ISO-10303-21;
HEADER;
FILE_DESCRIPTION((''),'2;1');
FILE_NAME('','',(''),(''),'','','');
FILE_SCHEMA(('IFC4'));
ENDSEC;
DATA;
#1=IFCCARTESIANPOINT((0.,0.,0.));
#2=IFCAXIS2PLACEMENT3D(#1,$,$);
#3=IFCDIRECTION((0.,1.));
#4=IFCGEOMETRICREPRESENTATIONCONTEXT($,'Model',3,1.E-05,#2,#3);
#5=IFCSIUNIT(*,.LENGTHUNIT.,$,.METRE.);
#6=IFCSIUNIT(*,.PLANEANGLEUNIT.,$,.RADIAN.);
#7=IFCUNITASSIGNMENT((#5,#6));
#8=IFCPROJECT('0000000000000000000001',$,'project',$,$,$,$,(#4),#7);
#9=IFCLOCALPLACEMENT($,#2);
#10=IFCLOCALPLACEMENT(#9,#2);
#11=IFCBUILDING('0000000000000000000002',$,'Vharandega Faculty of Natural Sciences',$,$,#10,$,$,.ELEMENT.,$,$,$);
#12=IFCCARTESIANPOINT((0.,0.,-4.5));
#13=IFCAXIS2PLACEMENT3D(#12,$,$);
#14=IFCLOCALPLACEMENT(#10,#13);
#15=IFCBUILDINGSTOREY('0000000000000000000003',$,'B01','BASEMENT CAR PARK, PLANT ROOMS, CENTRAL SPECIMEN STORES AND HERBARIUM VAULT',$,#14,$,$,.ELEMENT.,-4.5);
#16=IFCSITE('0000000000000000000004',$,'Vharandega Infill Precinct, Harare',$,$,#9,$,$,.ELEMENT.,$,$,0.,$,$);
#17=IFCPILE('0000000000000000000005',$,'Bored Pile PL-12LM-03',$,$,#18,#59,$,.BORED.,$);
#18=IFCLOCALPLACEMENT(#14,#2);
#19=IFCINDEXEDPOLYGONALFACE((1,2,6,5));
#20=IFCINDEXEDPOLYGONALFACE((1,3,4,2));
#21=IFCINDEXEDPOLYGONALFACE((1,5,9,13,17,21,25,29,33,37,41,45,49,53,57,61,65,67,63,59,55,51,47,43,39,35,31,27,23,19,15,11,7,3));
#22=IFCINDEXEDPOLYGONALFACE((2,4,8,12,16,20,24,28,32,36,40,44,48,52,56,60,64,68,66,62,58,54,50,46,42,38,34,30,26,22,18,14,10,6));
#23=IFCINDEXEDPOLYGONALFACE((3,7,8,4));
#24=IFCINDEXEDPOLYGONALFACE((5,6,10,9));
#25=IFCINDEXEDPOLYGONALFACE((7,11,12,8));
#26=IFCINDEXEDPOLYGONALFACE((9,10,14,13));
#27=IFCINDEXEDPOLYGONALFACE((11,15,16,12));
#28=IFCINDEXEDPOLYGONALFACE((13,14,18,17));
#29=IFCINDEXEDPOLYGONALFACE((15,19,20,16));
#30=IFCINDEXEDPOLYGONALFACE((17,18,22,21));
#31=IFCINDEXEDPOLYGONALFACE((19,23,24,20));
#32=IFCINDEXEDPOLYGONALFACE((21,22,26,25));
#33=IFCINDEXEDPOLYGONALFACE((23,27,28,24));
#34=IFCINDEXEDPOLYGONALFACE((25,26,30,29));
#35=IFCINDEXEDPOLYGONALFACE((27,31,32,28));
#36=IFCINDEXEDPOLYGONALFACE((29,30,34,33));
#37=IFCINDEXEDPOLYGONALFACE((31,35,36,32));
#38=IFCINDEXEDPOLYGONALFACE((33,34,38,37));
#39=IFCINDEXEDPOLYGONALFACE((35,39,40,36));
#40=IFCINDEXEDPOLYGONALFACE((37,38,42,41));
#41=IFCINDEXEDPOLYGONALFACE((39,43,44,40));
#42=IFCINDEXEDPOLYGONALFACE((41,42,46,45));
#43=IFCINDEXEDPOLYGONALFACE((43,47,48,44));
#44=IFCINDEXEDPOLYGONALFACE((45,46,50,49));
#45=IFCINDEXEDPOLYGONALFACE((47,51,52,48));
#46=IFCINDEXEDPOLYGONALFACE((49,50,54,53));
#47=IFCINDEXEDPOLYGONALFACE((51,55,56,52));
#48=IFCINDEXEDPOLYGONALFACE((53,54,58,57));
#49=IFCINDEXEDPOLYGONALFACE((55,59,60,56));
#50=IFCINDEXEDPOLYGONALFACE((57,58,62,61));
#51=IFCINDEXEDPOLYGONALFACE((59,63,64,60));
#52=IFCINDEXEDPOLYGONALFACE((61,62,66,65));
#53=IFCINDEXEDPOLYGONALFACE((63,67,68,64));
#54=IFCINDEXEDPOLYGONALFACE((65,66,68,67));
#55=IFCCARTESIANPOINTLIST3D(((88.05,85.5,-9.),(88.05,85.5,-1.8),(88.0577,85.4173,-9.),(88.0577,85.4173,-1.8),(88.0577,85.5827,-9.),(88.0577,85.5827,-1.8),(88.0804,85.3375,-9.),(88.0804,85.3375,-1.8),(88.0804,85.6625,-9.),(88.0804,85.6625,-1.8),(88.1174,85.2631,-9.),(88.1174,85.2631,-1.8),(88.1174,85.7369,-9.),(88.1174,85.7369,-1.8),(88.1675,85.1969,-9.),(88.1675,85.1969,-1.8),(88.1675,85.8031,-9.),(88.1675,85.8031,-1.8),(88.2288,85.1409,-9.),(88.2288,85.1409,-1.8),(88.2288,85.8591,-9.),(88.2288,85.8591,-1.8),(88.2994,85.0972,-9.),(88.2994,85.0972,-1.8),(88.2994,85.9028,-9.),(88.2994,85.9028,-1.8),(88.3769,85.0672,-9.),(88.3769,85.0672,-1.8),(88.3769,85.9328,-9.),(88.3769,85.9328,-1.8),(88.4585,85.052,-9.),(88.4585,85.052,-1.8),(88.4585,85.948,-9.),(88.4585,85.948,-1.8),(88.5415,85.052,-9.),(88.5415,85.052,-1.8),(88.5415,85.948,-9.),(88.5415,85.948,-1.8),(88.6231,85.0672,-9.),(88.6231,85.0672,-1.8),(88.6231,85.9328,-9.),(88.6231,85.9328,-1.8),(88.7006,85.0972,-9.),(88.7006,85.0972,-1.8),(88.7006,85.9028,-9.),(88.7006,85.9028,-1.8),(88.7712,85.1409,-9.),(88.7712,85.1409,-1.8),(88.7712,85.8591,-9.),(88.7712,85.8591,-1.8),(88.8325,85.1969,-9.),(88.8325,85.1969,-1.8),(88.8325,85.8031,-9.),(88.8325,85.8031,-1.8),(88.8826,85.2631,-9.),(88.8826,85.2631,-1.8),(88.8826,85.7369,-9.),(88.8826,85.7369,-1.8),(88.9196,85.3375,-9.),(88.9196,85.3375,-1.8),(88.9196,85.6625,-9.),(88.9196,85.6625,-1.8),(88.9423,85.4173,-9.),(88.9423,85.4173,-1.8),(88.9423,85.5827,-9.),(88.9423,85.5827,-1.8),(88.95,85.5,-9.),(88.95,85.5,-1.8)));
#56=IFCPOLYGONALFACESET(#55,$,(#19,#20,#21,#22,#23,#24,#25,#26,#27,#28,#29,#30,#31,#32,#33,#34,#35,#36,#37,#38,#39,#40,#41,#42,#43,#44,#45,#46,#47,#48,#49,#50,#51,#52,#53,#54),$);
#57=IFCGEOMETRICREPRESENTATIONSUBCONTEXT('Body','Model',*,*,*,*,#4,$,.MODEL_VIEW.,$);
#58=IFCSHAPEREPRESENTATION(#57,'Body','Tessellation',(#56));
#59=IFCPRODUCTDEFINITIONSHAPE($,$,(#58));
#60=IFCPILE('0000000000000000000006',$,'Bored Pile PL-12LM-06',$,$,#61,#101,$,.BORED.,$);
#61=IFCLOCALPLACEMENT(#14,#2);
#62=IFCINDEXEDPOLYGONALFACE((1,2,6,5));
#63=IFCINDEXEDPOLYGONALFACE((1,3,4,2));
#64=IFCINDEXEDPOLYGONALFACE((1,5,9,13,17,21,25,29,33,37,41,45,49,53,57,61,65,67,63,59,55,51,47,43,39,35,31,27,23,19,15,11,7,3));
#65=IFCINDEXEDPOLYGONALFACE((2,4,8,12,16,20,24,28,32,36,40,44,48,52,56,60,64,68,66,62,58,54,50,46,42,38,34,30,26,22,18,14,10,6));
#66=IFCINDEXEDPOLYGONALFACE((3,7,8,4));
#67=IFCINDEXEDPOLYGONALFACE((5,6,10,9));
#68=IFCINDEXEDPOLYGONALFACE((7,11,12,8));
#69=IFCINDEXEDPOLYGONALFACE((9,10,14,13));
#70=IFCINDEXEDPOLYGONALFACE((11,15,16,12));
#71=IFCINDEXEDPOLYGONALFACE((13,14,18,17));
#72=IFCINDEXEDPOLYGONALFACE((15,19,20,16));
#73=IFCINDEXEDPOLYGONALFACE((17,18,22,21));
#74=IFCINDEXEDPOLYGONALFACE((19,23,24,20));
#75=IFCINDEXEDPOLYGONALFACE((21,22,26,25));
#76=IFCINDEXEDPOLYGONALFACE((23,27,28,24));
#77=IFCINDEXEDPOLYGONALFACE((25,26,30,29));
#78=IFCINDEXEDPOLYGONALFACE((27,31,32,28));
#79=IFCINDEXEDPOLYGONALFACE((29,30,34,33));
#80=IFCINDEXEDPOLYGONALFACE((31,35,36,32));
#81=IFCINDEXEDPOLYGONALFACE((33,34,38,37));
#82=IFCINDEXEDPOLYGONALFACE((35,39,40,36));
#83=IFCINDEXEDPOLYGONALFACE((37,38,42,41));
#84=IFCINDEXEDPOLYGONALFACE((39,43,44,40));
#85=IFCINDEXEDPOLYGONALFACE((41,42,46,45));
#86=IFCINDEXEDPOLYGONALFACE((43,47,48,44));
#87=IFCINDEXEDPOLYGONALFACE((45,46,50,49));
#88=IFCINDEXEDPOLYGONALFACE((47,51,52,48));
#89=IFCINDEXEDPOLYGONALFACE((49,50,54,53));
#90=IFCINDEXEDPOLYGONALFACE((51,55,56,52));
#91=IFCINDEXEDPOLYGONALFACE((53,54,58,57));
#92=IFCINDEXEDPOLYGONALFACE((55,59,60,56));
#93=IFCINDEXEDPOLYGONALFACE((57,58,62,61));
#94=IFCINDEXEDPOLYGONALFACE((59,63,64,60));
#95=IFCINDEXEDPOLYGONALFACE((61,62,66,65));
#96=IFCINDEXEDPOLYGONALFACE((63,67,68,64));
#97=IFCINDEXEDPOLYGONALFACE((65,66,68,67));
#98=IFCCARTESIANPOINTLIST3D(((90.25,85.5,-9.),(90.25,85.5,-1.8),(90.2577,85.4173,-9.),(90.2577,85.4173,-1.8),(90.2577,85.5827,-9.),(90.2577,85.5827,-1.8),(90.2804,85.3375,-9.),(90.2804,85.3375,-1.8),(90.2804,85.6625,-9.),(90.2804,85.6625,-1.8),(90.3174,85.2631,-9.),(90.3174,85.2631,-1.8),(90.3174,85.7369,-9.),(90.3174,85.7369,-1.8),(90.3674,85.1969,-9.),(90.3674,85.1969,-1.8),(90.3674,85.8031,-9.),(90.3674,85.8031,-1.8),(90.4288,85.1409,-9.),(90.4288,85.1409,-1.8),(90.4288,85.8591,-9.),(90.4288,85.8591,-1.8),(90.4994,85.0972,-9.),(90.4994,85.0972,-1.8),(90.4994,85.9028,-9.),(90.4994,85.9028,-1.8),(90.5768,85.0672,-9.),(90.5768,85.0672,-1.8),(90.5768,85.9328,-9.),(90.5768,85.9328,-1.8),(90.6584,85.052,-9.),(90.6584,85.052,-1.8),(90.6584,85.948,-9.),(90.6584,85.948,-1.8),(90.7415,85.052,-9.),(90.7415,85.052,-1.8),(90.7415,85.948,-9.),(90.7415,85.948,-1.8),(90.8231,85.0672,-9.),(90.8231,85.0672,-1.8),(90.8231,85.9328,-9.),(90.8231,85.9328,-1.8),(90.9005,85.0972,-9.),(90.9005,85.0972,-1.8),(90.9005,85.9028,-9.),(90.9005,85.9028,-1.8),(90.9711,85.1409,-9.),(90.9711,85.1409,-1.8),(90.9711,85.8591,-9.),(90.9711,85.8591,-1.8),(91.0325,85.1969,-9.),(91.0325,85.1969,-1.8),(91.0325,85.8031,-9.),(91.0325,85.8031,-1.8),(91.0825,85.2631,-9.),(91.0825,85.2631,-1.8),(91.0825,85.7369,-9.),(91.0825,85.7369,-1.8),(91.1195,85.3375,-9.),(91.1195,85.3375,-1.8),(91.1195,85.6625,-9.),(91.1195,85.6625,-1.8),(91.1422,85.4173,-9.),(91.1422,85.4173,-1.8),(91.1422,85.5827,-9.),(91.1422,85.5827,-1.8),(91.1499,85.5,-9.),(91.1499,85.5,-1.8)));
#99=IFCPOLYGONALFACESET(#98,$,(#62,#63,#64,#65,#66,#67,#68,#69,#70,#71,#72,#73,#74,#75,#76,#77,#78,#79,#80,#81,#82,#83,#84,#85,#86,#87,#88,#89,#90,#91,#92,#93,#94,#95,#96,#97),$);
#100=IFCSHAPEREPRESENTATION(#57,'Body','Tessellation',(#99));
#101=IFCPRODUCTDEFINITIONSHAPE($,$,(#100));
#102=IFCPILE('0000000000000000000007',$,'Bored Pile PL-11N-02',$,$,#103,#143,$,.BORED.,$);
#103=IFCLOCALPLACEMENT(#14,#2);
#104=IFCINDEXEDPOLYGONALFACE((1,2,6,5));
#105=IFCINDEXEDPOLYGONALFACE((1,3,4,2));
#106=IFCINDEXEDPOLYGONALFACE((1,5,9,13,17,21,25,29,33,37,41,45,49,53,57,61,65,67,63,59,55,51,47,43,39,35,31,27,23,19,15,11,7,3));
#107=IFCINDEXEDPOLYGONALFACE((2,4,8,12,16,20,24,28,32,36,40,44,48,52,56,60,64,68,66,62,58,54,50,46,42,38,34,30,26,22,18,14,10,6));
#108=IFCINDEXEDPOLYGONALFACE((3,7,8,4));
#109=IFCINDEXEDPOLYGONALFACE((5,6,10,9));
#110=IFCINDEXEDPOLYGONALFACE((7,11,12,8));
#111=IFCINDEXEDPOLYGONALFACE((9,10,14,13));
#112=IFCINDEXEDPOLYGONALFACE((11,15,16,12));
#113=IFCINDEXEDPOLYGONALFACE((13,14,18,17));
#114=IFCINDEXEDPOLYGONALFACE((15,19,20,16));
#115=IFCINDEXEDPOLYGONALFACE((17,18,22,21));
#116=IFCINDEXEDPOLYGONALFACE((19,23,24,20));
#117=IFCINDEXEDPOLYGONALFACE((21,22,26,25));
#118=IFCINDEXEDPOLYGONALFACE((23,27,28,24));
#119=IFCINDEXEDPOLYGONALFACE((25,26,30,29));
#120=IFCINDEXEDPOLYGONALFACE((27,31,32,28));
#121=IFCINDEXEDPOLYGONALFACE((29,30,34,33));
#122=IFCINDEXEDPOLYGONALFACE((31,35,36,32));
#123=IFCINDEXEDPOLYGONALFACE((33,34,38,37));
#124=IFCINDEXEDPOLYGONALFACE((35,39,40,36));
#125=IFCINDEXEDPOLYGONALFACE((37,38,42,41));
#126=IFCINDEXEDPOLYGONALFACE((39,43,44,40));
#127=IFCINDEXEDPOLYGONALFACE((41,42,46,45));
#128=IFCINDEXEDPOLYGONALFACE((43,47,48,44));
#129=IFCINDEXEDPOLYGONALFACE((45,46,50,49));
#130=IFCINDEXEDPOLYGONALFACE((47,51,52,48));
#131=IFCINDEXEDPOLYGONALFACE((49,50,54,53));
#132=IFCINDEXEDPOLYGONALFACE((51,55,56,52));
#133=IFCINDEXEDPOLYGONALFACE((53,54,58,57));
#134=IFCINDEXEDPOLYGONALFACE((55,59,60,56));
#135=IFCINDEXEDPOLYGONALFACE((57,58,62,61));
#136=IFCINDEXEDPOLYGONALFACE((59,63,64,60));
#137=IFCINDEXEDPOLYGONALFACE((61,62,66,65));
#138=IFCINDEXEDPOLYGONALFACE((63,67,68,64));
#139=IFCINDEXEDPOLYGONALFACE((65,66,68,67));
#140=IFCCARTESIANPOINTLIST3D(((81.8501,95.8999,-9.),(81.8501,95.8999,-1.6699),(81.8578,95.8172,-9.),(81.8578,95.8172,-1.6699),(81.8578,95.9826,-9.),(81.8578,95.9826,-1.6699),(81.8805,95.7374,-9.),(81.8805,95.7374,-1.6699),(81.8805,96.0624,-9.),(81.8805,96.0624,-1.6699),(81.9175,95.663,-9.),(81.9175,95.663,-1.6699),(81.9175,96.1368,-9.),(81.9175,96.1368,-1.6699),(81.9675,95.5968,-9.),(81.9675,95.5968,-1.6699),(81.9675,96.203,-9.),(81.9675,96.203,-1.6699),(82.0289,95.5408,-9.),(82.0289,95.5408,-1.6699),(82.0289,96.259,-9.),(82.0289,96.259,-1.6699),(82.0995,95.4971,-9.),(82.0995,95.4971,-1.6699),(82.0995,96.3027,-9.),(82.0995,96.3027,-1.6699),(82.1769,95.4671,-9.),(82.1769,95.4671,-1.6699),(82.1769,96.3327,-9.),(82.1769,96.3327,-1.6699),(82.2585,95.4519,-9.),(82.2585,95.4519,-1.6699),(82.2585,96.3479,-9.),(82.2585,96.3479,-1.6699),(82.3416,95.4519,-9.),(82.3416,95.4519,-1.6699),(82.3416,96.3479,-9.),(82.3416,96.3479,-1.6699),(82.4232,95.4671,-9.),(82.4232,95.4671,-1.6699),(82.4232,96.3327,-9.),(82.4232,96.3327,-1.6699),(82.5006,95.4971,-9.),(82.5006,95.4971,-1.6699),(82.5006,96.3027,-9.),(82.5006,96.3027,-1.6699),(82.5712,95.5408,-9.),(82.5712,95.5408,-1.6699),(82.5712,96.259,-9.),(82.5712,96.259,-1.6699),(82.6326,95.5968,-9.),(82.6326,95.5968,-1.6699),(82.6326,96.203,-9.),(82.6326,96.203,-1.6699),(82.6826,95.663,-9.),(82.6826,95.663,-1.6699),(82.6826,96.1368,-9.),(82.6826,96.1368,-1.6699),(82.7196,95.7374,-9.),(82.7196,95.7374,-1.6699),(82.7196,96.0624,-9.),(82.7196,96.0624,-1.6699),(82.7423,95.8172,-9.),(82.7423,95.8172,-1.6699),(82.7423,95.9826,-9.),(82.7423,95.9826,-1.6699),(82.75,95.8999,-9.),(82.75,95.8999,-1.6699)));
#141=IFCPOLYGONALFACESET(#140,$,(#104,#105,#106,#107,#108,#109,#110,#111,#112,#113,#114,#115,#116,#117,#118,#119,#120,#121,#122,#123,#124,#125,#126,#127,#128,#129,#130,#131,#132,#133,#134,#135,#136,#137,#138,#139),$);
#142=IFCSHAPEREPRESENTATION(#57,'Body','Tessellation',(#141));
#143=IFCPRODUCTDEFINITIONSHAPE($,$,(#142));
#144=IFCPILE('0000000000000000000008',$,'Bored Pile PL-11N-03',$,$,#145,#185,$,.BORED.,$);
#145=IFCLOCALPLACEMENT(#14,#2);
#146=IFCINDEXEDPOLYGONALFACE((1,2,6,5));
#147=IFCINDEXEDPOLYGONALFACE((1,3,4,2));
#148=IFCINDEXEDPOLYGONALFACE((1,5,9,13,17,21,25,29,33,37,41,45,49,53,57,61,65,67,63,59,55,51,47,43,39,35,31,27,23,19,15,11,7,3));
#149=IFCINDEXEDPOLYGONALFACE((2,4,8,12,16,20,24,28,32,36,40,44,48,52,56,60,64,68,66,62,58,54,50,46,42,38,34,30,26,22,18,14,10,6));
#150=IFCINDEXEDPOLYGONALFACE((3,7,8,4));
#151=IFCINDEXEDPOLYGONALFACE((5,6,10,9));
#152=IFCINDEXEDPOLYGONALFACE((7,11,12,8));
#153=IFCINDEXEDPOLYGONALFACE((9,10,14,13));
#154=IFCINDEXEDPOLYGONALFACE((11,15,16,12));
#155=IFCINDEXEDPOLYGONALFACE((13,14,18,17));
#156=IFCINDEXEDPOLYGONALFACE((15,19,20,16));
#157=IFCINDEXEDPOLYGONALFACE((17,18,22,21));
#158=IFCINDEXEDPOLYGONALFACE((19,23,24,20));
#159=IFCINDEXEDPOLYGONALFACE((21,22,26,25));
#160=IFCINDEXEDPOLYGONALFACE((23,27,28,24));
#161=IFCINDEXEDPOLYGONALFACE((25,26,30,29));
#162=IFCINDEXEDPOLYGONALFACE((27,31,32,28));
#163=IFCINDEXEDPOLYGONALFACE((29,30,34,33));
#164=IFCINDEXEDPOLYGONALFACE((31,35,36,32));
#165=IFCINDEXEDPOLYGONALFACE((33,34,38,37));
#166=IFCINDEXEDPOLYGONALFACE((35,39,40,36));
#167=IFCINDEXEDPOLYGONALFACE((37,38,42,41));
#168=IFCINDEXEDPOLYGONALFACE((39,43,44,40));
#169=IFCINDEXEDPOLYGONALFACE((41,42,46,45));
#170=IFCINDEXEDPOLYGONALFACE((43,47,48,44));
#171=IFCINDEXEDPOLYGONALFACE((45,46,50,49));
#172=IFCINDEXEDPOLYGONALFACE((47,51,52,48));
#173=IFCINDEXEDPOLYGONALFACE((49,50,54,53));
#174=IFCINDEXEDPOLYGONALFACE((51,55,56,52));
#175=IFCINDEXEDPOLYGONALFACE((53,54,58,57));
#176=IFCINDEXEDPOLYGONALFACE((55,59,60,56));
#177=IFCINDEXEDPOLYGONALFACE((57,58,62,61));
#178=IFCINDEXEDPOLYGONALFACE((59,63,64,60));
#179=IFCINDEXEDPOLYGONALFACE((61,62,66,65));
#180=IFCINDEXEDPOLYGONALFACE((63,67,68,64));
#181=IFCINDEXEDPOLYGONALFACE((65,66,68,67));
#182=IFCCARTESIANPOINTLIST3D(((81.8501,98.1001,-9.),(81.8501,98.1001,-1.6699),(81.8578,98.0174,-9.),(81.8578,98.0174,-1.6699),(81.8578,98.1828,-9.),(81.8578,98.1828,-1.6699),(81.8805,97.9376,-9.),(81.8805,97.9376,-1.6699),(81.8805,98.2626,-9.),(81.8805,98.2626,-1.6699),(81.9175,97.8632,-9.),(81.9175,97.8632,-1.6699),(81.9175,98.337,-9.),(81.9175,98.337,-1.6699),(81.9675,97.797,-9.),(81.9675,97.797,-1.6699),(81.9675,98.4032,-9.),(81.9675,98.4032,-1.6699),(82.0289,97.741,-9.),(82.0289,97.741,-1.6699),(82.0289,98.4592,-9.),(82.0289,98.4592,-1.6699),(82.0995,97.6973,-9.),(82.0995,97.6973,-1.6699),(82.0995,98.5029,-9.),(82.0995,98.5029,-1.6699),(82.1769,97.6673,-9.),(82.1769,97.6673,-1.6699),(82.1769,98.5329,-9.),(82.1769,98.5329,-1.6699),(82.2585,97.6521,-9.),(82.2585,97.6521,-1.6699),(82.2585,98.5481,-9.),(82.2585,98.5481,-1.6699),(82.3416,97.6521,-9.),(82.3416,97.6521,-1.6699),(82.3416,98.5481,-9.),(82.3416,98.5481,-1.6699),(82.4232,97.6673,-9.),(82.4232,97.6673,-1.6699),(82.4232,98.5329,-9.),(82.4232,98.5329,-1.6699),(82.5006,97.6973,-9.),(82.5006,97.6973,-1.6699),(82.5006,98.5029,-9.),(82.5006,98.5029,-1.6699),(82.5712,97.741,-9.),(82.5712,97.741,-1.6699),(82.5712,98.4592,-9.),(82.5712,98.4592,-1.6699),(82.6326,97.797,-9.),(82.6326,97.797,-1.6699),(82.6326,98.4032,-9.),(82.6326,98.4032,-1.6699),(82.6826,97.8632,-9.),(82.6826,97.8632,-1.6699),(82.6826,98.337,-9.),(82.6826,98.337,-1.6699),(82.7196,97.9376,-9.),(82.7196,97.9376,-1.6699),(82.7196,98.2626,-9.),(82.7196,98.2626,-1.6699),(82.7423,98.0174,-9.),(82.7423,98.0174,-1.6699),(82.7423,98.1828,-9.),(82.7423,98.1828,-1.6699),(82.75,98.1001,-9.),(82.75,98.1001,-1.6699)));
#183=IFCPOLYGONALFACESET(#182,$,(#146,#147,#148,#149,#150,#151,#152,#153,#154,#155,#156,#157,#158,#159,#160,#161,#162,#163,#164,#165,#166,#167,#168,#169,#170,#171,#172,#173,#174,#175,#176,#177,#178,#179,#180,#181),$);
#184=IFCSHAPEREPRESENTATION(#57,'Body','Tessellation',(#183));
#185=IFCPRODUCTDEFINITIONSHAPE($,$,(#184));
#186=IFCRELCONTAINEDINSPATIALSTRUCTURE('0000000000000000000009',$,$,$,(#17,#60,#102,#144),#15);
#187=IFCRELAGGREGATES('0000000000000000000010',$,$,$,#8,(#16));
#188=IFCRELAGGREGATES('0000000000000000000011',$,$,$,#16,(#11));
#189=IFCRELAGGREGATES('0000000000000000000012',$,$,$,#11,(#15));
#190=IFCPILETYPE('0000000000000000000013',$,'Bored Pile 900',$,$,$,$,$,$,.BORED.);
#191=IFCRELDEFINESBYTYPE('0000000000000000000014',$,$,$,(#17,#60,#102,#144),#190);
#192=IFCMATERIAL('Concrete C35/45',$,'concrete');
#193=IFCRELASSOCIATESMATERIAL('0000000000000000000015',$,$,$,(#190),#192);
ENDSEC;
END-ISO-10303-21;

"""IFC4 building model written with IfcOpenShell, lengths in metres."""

from ifc_helpers import new_model, si_unit, direction, frame, origin, origin_2d, place, context, subcontext, project, spatial, circle, extrude, material, material_profile, profile_set, type_object, element, save


model = new_model("IFC4")

# Units and contexts
model_context = context("Model", 3, precision=1e-05, world=origin(), true_north=direction((0.0, 1.0)))
body_context = subcontext(model_context, "Body", "Model", "MODEL_VIEW")
ifc_project = project(units=[si_unit("LENGTHUNIT", "METRE"), si_unit("PLANEANGLEUNIT", "RADIAN")], contexts=[model_context])

# Site, building, storey
site_placement = place(None, origin())
site = spatial("IfcSite", under=ifc_project, at=site_placement, Name="Vharandega Infill Precinct, Harare", CompositionType="ELEMENT", RefElevation=0.0)
building_placement = place(site_placement, origin())
building = spatial("IfcBuilding", under=site, at=building_placement, Name="Vharandega Faculty of Natural Sciences", CompositionType="ELEMENT")
storey_placement = place(building_placement, frame((0.0, 0.0, -4.5)))
storey = spatial("IfcBuildingStorey", under=building, at=storey_placement, Name="B01", Description="BASEMENT CAR PARK, PLANT ROOMS, CENTRAL SPECIMEN STORES AND HERBARIUM VAULT", CompositionType="ELEMENT", Elevation=-4.5)

# Piles
ifc_material_1 = material(Name="Concrete C35/45", Category="concrete")
ifc_material_profile_1 = material_profile(ifc_material_1, circle(Radius=0.45, at=origin_2d()), Name="PILE 900")
ifc_profile_set_1 = profile_set([ifc_material_profile_1], Name="Concrete C35/45")
pile_type = type_object("IfcPileType", Name="Bored Pile 900", PredefinedType="BORED", material=ifc_profile_set_1)
for number, where, z_axis, x_axis, name in (
    (1, (88.5, 85.5, -1.8), (0.0, 0.0, -1.0), (1.0, 0.0, 0.0), "Bored Pile PL-12LM-03"),
    (2, (90.7, 85.5, -1.8), (0.0, 0.0, -1.0), (1.0, 0.0, 0.0), "Bored Pile PL-12LM-06"),
):
    element("IfcPile", number, at=place(storey_placement, frame(where, z_axis=z_axis, x_axis=x_axis)), inside=storey, type_object=pile_type, Name=name, PredefinedType="BORED", context=body_context, shape_type="SweptSolid", body=[
        extrude(circle(Radius=0.45, at=origin_2d()), origin(), (0.0, 0.0, 1.0), 7.2),
    ])
for number, where, z_axis, x_axis, name in (
    (3, (82.3, 95.8999, -1.6699), (0.0, 0.0, -1.0), (1.0, 0.0, 0.0), "Bored Pile PL-11N-02"),
    (4, (82.3, 98.1001, -1.6699), (0.0, 0.0, -1.0), (1.0, 0.0, 0.0), "Bored Pile PL-11N-03"),
):
    element("IfcPile", number, at=place(storey_placement, frame(where, z_axis=z_axis, x_axis=x_axis)), inside=storey, type_object=pile_type, Name=name, PredefinedType="BORED", context=body_context, shape_type="SweptSolid", body=[
        extrude(circle(Radius=0.45, at=origin_2d()), origin(), (0.0, 0.0, 1.0), 7.3301),
    ])

save(model, "model.ifc")
